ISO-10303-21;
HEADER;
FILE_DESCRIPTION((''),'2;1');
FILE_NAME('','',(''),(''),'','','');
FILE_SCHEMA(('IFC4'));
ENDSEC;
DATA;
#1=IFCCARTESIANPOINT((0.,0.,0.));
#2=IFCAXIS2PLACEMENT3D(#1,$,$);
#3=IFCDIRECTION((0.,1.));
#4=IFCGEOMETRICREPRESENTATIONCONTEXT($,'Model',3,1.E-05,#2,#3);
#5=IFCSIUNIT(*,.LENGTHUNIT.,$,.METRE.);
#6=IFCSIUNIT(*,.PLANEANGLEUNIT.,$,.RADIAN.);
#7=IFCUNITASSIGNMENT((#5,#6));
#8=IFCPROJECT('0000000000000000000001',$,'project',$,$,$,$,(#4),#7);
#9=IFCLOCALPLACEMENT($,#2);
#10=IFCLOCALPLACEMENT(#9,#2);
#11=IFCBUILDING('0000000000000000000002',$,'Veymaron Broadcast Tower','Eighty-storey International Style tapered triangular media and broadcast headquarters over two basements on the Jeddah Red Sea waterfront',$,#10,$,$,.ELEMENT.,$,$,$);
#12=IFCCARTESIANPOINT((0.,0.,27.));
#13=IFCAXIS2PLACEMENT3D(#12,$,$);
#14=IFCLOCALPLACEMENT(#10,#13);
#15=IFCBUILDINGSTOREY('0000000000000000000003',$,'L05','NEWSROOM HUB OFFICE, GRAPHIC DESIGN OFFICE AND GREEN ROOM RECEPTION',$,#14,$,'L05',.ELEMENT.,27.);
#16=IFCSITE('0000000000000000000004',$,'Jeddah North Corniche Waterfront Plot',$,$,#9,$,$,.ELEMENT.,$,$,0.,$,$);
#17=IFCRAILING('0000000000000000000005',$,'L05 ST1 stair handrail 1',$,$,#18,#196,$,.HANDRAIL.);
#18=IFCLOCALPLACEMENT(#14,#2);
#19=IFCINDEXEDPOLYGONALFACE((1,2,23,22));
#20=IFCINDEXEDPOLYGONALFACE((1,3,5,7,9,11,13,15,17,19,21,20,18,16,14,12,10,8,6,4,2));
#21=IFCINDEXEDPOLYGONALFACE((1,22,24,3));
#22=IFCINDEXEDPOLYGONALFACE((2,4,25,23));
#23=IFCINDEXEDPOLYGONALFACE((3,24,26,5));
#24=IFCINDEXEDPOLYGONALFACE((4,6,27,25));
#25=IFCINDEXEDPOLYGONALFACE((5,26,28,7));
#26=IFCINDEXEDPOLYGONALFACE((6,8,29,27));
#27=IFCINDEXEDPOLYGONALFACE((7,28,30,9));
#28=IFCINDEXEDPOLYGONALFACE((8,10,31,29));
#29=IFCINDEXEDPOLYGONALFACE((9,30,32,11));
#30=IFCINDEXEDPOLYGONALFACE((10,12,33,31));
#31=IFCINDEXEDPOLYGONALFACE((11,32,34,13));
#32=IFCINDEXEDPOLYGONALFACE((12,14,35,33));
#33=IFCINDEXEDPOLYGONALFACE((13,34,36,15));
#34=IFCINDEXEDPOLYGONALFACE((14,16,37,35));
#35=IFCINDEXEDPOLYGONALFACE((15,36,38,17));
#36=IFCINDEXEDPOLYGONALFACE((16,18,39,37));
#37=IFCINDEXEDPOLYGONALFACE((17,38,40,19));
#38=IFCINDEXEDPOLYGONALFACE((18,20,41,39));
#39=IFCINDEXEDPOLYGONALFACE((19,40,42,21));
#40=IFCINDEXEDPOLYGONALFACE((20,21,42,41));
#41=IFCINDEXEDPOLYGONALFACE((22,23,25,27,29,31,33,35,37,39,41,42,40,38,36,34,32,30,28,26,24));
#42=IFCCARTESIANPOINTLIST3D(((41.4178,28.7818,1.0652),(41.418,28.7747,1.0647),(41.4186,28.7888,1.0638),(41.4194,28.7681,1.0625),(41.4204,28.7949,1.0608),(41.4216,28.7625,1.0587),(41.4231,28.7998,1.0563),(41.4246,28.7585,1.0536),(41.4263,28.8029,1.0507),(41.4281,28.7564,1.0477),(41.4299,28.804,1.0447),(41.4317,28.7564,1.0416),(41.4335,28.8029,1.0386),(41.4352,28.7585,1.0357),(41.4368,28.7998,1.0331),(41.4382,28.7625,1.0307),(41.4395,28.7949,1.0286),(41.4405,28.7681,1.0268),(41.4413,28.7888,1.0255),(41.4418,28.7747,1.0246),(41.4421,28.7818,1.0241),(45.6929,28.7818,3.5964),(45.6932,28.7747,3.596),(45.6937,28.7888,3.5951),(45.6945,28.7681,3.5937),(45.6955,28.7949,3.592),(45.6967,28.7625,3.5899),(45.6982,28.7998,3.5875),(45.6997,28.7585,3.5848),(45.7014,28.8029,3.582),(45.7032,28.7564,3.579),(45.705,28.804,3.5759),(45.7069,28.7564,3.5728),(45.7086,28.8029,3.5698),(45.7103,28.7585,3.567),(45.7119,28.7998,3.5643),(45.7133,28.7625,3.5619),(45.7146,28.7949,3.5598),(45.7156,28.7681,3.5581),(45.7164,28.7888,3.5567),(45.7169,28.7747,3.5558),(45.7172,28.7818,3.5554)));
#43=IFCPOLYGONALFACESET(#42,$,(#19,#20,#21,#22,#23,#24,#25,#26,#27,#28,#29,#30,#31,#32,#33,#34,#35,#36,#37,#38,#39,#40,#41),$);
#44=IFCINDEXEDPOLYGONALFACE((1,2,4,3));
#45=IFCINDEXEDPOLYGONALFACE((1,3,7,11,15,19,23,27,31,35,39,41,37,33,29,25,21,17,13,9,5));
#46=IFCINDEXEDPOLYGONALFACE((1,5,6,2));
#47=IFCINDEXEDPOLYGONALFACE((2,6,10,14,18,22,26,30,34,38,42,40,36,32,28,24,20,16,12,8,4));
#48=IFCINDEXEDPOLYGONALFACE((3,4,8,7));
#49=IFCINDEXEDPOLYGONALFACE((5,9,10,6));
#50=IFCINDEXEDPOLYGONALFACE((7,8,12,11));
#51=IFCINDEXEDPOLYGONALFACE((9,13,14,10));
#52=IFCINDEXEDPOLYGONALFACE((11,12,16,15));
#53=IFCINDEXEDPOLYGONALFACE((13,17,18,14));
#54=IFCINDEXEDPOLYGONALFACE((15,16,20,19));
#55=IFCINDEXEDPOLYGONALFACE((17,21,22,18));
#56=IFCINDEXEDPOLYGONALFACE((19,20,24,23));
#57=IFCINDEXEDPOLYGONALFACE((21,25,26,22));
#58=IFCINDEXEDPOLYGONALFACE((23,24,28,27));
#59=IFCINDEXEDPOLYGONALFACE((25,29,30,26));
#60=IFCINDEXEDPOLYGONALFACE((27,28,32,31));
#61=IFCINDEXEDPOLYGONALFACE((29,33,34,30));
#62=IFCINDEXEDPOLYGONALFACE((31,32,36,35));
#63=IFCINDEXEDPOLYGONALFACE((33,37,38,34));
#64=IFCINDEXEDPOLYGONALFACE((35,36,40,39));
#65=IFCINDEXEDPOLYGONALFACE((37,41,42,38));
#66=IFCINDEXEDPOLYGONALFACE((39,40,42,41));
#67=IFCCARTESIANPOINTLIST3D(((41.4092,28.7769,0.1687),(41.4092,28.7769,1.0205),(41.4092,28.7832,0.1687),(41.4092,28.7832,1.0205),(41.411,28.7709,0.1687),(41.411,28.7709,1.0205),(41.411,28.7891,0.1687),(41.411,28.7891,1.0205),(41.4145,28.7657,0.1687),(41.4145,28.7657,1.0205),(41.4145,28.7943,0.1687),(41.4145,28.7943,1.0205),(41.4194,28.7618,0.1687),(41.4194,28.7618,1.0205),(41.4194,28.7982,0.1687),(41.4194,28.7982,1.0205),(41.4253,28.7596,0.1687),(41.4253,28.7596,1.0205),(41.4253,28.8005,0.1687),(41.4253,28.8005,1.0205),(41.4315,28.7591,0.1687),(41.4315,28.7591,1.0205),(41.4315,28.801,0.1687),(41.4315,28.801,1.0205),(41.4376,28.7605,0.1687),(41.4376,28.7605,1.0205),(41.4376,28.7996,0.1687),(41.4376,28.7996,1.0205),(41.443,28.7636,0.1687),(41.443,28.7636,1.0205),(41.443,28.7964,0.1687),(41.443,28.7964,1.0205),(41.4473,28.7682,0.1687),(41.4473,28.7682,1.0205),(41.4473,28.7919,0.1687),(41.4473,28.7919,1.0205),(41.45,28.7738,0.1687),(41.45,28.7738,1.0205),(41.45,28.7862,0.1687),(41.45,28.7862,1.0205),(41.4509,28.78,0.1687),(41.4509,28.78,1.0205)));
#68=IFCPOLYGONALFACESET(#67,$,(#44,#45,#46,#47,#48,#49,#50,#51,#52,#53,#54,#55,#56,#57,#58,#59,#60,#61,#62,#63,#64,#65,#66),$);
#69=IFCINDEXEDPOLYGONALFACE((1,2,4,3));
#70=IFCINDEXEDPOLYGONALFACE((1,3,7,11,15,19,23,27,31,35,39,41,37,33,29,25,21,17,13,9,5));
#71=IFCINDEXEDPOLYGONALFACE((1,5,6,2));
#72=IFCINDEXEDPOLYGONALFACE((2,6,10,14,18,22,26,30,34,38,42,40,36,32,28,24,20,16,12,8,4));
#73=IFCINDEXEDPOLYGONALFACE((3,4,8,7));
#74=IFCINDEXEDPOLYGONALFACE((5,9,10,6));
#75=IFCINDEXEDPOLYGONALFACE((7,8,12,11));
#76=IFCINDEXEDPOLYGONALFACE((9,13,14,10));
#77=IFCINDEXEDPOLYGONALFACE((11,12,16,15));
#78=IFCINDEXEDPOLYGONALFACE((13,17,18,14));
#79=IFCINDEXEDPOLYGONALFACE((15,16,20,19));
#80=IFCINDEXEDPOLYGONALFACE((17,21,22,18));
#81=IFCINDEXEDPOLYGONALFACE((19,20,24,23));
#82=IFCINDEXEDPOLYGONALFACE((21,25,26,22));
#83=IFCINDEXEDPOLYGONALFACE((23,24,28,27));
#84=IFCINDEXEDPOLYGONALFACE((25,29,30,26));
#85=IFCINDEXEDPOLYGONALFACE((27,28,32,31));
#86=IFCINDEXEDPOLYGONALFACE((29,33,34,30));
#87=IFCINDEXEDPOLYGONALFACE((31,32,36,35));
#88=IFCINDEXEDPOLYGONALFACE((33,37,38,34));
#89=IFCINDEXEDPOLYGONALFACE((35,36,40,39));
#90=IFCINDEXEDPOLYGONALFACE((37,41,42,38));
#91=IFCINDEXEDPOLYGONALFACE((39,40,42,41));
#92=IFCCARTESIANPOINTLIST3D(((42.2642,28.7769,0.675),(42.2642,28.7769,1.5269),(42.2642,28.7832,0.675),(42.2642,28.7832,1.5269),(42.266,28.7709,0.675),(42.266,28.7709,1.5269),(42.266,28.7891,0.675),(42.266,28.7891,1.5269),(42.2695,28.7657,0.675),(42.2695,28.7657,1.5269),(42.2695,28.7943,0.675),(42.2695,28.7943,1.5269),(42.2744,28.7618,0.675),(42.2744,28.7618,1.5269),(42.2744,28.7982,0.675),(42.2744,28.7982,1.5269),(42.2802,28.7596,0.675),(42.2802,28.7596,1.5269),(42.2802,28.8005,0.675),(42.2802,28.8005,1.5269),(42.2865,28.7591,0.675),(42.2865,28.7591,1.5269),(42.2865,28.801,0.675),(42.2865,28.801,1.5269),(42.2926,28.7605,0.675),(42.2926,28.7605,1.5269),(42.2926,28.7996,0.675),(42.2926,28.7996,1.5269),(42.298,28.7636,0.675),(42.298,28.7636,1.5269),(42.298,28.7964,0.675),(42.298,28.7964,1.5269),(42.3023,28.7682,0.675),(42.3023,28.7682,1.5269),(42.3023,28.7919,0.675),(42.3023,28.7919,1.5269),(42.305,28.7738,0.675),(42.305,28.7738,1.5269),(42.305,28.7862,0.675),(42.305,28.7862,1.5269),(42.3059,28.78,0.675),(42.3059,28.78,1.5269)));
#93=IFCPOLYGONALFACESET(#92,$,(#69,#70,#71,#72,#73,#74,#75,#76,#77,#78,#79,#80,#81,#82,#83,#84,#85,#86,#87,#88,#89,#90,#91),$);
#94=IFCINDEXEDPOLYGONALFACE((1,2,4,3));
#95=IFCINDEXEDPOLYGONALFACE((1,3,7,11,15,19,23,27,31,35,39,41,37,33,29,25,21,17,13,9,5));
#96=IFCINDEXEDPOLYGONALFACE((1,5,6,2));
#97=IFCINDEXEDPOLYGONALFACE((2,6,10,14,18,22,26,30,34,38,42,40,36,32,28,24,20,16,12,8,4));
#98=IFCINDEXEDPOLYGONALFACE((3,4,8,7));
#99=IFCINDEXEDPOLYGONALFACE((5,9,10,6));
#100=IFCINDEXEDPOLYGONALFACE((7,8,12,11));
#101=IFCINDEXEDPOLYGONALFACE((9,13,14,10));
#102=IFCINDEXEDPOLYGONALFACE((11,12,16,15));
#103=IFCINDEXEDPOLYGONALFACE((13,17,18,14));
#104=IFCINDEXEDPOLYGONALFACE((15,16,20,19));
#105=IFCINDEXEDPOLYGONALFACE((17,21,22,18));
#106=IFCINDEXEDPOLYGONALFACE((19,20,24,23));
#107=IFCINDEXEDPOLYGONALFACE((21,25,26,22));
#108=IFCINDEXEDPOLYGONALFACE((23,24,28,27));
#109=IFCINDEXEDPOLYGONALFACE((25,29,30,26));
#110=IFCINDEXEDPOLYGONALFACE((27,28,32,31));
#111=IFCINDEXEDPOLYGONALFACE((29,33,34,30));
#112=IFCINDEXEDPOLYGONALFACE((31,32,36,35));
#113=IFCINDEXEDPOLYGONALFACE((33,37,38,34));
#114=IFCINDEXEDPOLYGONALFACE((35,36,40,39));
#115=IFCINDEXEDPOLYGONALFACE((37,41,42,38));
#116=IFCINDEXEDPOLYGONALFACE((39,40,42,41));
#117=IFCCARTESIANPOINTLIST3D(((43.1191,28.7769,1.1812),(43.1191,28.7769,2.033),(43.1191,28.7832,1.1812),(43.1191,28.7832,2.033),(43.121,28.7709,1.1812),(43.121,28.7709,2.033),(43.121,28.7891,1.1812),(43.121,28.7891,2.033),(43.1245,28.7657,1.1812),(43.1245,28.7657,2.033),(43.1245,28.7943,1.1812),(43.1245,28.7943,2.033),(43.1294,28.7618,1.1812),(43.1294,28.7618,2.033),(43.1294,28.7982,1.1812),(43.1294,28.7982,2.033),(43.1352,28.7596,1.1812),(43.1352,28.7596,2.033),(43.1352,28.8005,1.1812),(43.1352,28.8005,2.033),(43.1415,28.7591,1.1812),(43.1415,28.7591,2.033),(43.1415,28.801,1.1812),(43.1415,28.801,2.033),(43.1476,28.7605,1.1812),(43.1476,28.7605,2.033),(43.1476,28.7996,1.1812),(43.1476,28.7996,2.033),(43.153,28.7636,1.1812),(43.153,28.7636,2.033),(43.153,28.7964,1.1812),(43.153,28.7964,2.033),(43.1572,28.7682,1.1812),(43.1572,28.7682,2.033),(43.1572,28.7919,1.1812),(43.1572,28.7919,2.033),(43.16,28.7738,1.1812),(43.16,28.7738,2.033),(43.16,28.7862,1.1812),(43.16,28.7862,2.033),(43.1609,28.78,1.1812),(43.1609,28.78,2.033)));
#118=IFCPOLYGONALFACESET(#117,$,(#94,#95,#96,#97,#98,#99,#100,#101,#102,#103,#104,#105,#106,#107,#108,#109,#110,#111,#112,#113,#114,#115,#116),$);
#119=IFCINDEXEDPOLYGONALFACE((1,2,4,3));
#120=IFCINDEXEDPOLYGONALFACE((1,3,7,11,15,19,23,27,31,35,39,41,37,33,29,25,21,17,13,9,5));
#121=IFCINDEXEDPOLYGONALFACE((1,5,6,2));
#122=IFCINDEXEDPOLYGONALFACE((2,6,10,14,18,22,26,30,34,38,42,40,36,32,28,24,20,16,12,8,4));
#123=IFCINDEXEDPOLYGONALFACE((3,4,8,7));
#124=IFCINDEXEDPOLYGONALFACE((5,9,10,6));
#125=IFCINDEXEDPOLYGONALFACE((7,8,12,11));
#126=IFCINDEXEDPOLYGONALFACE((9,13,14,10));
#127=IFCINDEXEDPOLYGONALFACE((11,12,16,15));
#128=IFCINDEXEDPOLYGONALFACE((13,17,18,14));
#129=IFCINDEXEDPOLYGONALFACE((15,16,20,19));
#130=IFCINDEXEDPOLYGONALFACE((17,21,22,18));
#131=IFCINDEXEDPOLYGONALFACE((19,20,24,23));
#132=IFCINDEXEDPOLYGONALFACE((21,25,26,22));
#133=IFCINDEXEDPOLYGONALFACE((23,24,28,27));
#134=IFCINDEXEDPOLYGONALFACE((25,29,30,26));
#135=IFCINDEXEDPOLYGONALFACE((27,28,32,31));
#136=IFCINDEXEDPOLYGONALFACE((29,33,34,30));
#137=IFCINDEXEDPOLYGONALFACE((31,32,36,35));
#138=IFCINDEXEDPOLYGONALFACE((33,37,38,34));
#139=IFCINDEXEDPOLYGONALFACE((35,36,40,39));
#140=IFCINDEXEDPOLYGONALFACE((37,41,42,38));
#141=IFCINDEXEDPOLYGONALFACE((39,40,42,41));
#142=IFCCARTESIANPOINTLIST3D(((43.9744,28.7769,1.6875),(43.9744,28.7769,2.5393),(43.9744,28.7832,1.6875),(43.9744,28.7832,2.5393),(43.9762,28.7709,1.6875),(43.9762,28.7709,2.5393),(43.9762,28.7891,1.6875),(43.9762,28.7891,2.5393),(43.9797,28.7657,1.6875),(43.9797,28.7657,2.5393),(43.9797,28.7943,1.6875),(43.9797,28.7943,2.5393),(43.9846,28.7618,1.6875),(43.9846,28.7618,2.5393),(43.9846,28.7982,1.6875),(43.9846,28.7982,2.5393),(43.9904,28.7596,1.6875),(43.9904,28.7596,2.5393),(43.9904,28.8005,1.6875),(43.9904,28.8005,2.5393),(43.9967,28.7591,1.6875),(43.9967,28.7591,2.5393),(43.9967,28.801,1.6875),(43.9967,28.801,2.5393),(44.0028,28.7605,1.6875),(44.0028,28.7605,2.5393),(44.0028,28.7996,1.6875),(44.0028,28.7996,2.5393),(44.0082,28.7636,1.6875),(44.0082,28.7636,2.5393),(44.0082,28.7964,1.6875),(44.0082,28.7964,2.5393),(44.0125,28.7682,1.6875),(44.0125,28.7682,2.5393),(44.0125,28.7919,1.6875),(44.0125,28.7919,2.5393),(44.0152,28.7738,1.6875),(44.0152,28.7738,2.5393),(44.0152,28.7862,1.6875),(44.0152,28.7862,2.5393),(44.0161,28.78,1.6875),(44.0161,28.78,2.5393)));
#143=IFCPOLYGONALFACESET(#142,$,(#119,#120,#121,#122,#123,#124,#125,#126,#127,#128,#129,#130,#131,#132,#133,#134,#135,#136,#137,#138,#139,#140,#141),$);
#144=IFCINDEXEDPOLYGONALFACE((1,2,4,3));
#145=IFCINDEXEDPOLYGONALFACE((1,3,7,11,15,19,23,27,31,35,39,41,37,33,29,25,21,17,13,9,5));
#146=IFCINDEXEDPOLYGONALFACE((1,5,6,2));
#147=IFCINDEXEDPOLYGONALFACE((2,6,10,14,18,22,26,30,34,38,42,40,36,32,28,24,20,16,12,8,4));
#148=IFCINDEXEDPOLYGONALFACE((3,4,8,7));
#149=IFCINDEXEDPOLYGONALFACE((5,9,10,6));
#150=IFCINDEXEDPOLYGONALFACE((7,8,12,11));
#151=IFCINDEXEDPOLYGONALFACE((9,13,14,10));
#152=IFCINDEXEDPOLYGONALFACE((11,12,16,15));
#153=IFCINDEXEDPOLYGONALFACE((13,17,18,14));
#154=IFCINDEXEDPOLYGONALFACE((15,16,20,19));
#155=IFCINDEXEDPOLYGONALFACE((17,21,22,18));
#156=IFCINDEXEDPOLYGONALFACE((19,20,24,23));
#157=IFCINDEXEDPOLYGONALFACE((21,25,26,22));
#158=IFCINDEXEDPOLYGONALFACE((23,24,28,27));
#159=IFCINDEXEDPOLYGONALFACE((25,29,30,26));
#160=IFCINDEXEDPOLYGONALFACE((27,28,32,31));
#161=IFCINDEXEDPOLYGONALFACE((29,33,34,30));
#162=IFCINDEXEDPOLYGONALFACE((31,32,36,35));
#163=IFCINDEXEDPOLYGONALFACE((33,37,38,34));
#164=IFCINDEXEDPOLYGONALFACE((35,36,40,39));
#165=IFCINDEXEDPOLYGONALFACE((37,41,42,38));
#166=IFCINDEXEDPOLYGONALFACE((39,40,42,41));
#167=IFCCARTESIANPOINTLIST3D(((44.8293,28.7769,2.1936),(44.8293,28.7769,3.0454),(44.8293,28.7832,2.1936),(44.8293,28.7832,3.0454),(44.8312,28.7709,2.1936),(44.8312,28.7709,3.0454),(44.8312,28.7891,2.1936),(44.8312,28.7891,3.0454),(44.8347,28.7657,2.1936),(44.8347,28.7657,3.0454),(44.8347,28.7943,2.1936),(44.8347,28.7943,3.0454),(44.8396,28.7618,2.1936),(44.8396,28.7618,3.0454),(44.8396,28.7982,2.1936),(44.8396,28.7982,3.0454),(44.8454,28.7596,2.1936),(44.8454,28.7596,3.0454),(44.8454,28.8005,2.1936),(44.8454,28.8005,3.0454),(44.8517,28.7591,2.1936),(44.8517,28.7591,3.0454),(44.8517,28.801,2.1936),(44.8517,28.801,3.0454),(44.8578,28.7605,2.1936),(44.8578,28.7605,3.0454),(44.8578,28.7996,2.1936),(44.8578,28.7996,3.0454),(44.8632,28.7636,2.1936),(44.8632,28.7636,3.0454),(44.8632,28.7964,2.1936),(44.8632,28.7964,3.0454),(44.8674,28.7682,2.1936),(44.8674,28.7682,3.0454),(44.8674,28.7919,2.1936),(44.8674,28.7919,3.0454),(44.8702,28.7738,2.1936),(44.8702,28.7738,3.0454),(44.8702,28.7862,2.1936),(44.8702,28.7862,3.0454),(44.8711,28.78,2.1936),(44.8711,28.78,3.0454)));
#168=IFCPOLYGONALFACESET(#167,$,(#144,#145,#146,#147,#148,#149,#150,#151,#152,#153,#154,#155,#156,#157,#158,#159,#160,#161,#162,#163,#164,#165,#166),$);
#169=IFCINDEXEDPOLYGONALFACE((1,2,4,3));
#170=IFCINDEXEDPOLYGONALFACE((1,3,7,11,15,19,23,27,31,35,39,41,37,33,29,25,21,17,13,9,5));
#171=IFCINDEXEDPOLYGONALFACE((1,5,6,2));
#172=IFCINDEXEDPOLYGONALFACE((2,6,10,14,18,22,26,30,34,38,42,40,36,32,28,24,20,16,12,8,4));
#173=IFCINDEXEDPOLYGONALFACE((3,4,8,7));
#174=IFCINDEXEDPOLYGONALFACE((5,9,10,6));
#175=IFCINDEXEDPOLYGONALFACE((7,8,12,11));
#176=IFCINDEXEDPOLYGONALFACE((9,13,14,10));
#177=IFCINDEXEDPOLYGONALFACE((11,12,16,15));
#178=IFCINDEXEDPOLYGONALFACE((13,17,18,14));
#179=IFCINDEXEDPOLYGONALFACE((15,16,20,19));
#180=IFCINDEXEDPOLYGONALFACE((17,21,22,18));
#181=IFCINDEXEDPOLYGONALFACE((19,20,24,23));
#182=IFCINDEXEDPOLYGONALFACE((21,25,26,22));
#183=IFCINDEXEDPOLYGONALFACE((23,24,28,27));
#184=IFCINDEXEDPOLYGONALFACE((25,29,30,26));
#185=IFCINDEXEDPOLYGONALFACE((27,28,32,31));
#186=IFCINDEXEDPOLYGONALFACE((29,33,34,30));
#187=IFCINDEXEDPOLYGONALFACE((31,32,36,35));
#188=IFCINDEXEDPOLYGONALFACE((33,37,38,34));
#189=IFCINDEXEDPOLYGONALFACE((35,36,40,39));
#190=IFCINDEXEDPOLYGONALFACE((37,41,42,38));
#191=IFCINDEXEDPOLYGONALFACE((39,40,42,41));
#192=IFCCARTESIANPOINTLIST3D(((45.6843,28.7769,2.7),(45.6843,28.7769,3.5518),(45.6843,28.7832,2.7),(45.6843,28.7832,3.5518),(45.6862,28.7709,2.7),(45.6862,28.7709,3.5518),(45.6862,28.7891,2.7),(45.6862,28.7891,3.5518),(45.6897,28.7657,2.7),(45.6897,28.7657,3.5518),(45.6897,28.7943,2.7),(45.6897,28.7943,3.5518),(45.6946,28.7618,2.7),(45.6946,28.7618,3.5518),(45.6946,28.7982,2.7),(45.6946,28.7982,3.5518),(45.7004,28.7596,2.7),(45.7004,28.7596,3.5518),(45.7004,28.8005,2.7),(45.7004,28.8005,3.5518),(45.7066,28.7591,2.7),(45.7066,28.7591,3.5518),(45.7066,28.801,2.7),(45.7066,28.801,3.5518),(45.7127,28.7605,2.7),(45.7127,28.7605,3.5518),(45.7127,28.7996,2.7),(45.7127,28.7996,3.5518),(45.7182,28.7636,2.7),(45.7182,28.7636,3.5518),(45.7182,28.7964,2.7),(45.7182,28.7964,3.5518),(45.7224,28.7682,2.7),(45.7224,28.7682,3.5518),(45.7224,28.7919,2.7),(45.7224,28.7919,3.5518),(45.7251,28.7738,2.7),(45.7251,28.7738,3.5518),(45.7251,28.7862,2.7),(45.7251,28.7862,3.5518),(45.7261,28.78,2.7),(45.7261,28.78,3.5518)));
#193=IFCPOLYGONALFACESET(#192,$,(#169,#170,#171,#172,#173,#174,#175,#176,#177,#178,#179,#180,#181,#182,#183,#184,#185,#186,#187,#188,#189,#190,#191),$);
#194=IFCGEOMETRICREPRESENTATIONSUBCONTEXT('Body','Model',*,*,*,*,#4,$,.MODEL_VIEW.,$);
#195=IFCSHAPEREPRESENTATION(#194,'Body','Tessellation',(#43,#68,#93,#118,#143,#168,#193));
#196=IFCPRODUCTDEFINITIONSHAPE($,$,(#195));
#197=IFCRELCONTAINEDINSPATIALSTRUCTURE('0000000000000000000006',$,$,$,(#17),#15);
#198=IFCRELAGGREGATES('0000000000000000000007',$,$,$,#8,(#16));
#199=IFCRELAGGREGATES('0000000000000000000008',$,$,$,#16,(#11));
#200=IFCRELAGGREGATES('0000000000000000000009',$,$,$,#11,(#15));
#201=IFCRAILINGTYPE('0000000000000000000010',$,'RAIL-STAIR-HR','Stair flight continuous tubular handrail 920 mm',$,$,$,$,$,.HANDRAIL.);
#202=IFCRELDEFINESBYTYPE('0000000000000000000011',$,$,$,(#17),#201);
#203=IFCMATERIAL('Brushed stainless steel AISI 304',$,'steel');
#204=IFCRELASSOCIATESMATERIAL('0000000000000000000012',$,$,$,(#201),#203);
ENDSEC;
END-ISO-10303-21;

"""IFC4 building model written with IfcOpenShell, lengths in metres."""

from ifc_helpers import new_model, si_unit, direction, frame, origin, origin_2d, place, context, subcontext, project, spatial, circle, extrude, material, type_object, element, save


model = new_model("IFC4")

# Units and contexts
model_context = context("Model", 3, precision=1e-05, world=origin(), true_north=direction((0.0, 1.0)))
body_context = subcontext(model_context, "Body", "Model", "MODEL_VIEW")
ifc_project = project(units=[si_unit("LENGTHUNIT", "METRE"), si_unit("PLANEANGLEUNIT", "RADIAN")], contexts=[model_context])

# Site, building, storey
site_placement = place(None, origin())
site = spatial("IfcSite", under=ifc_project, at=site_placement, Name="Jeddah North Corniche Waterfront Plot", CompositionType="ELEMENT", RefElevation=0.0)
building_placement = place(site_placement, origin())
building = spatial("IfcBuilding", under=site, at=building_placement, Name="Veymaron Broadcast Tower", Description="Eighty-storey International Style tapered triangular media and broadcast headquarters over two basements on the Jeddah Red Sea waterfront", CompositionType="ELEMENT")
storey_placement = place(building_placement, frame((0.0, 0.0, 27.0)))
storey = spatial("IfcBuildingStorey", under=building, at=storey_placement, Name="L05", Description="NEWSROOM HUB OFFICE, GRAPHIC DESIGN OFFICE AND GREEN ROOM RECEPTION", LongName="L05", CompositionType="ELEMENT", Elevation=27.0)

# Shared definitions
ifc_material_1 = material(Name="Brushed stainless steel AISI 304", Category="steel")

# Railing
railing_type_1 = type_object("IfcRailingType", Name="RAIL-STAIR-HR", Description="Stair flight continuous tubular handrail 920 mm", PredefinedType="HANDRAIL", material=ifc_material_1)
railing_1_placement = place(storey_placement, frame((41.4299, 28.78, 0.1687)))
element("IfcRailing", 1, at=railing_1_placement, inside=storey, type_object=railing_type_1, Name="L05 ST1 stair handrail 1", PredefinedType="HANDRAIL", context=body_context, shape_type="SweptSolid", body=[
    extrude(circle(Radius=0.0239, at=origin_2d()), frame((0.0, 0.0, 0.876), z_axis=(0.860483, 0.0, 0.509479), x_axis=(0.0, 1.0, 0.0)), (0.0, 0.0, 1.0), 4.9683),
    extrude(circle(Radius=0.021, at=origin_2d()), origin(), (0.0, 0.0, 1.0), 0.8518),
    extrude(circle(Radius=0.021, at=origin_2d()), frame((0.855, 0.0, 0.5063)), (0.0, 0.0, 1.0), 0.8518),
    extrude(circle(Radius=0.021, at=origin_2d()), frame((1.71, 0.0, 1.0125)), (0.0, 0.0, 1.0), 0.8518),
    extrude(circle(Radius=0.021, at=origin_2d()), frame((2.5652, 0.0, 1.5188)), (0.0, 0.0, 1.0), 0.8518),
    extrude(circle(Radius=0.021, at=origin_2d()), frame((3.4202, 0.0, 2.0249)), (0.0, 0.0, 1.0), 0.8518),
    extrude(circle(Radius=0.021, at=origin_2d()), frame((4.2751, 0.0, 2.5312)), (0.0, 0.0, 1.0), 0.8518),
])

save(model, "model.ifc")
